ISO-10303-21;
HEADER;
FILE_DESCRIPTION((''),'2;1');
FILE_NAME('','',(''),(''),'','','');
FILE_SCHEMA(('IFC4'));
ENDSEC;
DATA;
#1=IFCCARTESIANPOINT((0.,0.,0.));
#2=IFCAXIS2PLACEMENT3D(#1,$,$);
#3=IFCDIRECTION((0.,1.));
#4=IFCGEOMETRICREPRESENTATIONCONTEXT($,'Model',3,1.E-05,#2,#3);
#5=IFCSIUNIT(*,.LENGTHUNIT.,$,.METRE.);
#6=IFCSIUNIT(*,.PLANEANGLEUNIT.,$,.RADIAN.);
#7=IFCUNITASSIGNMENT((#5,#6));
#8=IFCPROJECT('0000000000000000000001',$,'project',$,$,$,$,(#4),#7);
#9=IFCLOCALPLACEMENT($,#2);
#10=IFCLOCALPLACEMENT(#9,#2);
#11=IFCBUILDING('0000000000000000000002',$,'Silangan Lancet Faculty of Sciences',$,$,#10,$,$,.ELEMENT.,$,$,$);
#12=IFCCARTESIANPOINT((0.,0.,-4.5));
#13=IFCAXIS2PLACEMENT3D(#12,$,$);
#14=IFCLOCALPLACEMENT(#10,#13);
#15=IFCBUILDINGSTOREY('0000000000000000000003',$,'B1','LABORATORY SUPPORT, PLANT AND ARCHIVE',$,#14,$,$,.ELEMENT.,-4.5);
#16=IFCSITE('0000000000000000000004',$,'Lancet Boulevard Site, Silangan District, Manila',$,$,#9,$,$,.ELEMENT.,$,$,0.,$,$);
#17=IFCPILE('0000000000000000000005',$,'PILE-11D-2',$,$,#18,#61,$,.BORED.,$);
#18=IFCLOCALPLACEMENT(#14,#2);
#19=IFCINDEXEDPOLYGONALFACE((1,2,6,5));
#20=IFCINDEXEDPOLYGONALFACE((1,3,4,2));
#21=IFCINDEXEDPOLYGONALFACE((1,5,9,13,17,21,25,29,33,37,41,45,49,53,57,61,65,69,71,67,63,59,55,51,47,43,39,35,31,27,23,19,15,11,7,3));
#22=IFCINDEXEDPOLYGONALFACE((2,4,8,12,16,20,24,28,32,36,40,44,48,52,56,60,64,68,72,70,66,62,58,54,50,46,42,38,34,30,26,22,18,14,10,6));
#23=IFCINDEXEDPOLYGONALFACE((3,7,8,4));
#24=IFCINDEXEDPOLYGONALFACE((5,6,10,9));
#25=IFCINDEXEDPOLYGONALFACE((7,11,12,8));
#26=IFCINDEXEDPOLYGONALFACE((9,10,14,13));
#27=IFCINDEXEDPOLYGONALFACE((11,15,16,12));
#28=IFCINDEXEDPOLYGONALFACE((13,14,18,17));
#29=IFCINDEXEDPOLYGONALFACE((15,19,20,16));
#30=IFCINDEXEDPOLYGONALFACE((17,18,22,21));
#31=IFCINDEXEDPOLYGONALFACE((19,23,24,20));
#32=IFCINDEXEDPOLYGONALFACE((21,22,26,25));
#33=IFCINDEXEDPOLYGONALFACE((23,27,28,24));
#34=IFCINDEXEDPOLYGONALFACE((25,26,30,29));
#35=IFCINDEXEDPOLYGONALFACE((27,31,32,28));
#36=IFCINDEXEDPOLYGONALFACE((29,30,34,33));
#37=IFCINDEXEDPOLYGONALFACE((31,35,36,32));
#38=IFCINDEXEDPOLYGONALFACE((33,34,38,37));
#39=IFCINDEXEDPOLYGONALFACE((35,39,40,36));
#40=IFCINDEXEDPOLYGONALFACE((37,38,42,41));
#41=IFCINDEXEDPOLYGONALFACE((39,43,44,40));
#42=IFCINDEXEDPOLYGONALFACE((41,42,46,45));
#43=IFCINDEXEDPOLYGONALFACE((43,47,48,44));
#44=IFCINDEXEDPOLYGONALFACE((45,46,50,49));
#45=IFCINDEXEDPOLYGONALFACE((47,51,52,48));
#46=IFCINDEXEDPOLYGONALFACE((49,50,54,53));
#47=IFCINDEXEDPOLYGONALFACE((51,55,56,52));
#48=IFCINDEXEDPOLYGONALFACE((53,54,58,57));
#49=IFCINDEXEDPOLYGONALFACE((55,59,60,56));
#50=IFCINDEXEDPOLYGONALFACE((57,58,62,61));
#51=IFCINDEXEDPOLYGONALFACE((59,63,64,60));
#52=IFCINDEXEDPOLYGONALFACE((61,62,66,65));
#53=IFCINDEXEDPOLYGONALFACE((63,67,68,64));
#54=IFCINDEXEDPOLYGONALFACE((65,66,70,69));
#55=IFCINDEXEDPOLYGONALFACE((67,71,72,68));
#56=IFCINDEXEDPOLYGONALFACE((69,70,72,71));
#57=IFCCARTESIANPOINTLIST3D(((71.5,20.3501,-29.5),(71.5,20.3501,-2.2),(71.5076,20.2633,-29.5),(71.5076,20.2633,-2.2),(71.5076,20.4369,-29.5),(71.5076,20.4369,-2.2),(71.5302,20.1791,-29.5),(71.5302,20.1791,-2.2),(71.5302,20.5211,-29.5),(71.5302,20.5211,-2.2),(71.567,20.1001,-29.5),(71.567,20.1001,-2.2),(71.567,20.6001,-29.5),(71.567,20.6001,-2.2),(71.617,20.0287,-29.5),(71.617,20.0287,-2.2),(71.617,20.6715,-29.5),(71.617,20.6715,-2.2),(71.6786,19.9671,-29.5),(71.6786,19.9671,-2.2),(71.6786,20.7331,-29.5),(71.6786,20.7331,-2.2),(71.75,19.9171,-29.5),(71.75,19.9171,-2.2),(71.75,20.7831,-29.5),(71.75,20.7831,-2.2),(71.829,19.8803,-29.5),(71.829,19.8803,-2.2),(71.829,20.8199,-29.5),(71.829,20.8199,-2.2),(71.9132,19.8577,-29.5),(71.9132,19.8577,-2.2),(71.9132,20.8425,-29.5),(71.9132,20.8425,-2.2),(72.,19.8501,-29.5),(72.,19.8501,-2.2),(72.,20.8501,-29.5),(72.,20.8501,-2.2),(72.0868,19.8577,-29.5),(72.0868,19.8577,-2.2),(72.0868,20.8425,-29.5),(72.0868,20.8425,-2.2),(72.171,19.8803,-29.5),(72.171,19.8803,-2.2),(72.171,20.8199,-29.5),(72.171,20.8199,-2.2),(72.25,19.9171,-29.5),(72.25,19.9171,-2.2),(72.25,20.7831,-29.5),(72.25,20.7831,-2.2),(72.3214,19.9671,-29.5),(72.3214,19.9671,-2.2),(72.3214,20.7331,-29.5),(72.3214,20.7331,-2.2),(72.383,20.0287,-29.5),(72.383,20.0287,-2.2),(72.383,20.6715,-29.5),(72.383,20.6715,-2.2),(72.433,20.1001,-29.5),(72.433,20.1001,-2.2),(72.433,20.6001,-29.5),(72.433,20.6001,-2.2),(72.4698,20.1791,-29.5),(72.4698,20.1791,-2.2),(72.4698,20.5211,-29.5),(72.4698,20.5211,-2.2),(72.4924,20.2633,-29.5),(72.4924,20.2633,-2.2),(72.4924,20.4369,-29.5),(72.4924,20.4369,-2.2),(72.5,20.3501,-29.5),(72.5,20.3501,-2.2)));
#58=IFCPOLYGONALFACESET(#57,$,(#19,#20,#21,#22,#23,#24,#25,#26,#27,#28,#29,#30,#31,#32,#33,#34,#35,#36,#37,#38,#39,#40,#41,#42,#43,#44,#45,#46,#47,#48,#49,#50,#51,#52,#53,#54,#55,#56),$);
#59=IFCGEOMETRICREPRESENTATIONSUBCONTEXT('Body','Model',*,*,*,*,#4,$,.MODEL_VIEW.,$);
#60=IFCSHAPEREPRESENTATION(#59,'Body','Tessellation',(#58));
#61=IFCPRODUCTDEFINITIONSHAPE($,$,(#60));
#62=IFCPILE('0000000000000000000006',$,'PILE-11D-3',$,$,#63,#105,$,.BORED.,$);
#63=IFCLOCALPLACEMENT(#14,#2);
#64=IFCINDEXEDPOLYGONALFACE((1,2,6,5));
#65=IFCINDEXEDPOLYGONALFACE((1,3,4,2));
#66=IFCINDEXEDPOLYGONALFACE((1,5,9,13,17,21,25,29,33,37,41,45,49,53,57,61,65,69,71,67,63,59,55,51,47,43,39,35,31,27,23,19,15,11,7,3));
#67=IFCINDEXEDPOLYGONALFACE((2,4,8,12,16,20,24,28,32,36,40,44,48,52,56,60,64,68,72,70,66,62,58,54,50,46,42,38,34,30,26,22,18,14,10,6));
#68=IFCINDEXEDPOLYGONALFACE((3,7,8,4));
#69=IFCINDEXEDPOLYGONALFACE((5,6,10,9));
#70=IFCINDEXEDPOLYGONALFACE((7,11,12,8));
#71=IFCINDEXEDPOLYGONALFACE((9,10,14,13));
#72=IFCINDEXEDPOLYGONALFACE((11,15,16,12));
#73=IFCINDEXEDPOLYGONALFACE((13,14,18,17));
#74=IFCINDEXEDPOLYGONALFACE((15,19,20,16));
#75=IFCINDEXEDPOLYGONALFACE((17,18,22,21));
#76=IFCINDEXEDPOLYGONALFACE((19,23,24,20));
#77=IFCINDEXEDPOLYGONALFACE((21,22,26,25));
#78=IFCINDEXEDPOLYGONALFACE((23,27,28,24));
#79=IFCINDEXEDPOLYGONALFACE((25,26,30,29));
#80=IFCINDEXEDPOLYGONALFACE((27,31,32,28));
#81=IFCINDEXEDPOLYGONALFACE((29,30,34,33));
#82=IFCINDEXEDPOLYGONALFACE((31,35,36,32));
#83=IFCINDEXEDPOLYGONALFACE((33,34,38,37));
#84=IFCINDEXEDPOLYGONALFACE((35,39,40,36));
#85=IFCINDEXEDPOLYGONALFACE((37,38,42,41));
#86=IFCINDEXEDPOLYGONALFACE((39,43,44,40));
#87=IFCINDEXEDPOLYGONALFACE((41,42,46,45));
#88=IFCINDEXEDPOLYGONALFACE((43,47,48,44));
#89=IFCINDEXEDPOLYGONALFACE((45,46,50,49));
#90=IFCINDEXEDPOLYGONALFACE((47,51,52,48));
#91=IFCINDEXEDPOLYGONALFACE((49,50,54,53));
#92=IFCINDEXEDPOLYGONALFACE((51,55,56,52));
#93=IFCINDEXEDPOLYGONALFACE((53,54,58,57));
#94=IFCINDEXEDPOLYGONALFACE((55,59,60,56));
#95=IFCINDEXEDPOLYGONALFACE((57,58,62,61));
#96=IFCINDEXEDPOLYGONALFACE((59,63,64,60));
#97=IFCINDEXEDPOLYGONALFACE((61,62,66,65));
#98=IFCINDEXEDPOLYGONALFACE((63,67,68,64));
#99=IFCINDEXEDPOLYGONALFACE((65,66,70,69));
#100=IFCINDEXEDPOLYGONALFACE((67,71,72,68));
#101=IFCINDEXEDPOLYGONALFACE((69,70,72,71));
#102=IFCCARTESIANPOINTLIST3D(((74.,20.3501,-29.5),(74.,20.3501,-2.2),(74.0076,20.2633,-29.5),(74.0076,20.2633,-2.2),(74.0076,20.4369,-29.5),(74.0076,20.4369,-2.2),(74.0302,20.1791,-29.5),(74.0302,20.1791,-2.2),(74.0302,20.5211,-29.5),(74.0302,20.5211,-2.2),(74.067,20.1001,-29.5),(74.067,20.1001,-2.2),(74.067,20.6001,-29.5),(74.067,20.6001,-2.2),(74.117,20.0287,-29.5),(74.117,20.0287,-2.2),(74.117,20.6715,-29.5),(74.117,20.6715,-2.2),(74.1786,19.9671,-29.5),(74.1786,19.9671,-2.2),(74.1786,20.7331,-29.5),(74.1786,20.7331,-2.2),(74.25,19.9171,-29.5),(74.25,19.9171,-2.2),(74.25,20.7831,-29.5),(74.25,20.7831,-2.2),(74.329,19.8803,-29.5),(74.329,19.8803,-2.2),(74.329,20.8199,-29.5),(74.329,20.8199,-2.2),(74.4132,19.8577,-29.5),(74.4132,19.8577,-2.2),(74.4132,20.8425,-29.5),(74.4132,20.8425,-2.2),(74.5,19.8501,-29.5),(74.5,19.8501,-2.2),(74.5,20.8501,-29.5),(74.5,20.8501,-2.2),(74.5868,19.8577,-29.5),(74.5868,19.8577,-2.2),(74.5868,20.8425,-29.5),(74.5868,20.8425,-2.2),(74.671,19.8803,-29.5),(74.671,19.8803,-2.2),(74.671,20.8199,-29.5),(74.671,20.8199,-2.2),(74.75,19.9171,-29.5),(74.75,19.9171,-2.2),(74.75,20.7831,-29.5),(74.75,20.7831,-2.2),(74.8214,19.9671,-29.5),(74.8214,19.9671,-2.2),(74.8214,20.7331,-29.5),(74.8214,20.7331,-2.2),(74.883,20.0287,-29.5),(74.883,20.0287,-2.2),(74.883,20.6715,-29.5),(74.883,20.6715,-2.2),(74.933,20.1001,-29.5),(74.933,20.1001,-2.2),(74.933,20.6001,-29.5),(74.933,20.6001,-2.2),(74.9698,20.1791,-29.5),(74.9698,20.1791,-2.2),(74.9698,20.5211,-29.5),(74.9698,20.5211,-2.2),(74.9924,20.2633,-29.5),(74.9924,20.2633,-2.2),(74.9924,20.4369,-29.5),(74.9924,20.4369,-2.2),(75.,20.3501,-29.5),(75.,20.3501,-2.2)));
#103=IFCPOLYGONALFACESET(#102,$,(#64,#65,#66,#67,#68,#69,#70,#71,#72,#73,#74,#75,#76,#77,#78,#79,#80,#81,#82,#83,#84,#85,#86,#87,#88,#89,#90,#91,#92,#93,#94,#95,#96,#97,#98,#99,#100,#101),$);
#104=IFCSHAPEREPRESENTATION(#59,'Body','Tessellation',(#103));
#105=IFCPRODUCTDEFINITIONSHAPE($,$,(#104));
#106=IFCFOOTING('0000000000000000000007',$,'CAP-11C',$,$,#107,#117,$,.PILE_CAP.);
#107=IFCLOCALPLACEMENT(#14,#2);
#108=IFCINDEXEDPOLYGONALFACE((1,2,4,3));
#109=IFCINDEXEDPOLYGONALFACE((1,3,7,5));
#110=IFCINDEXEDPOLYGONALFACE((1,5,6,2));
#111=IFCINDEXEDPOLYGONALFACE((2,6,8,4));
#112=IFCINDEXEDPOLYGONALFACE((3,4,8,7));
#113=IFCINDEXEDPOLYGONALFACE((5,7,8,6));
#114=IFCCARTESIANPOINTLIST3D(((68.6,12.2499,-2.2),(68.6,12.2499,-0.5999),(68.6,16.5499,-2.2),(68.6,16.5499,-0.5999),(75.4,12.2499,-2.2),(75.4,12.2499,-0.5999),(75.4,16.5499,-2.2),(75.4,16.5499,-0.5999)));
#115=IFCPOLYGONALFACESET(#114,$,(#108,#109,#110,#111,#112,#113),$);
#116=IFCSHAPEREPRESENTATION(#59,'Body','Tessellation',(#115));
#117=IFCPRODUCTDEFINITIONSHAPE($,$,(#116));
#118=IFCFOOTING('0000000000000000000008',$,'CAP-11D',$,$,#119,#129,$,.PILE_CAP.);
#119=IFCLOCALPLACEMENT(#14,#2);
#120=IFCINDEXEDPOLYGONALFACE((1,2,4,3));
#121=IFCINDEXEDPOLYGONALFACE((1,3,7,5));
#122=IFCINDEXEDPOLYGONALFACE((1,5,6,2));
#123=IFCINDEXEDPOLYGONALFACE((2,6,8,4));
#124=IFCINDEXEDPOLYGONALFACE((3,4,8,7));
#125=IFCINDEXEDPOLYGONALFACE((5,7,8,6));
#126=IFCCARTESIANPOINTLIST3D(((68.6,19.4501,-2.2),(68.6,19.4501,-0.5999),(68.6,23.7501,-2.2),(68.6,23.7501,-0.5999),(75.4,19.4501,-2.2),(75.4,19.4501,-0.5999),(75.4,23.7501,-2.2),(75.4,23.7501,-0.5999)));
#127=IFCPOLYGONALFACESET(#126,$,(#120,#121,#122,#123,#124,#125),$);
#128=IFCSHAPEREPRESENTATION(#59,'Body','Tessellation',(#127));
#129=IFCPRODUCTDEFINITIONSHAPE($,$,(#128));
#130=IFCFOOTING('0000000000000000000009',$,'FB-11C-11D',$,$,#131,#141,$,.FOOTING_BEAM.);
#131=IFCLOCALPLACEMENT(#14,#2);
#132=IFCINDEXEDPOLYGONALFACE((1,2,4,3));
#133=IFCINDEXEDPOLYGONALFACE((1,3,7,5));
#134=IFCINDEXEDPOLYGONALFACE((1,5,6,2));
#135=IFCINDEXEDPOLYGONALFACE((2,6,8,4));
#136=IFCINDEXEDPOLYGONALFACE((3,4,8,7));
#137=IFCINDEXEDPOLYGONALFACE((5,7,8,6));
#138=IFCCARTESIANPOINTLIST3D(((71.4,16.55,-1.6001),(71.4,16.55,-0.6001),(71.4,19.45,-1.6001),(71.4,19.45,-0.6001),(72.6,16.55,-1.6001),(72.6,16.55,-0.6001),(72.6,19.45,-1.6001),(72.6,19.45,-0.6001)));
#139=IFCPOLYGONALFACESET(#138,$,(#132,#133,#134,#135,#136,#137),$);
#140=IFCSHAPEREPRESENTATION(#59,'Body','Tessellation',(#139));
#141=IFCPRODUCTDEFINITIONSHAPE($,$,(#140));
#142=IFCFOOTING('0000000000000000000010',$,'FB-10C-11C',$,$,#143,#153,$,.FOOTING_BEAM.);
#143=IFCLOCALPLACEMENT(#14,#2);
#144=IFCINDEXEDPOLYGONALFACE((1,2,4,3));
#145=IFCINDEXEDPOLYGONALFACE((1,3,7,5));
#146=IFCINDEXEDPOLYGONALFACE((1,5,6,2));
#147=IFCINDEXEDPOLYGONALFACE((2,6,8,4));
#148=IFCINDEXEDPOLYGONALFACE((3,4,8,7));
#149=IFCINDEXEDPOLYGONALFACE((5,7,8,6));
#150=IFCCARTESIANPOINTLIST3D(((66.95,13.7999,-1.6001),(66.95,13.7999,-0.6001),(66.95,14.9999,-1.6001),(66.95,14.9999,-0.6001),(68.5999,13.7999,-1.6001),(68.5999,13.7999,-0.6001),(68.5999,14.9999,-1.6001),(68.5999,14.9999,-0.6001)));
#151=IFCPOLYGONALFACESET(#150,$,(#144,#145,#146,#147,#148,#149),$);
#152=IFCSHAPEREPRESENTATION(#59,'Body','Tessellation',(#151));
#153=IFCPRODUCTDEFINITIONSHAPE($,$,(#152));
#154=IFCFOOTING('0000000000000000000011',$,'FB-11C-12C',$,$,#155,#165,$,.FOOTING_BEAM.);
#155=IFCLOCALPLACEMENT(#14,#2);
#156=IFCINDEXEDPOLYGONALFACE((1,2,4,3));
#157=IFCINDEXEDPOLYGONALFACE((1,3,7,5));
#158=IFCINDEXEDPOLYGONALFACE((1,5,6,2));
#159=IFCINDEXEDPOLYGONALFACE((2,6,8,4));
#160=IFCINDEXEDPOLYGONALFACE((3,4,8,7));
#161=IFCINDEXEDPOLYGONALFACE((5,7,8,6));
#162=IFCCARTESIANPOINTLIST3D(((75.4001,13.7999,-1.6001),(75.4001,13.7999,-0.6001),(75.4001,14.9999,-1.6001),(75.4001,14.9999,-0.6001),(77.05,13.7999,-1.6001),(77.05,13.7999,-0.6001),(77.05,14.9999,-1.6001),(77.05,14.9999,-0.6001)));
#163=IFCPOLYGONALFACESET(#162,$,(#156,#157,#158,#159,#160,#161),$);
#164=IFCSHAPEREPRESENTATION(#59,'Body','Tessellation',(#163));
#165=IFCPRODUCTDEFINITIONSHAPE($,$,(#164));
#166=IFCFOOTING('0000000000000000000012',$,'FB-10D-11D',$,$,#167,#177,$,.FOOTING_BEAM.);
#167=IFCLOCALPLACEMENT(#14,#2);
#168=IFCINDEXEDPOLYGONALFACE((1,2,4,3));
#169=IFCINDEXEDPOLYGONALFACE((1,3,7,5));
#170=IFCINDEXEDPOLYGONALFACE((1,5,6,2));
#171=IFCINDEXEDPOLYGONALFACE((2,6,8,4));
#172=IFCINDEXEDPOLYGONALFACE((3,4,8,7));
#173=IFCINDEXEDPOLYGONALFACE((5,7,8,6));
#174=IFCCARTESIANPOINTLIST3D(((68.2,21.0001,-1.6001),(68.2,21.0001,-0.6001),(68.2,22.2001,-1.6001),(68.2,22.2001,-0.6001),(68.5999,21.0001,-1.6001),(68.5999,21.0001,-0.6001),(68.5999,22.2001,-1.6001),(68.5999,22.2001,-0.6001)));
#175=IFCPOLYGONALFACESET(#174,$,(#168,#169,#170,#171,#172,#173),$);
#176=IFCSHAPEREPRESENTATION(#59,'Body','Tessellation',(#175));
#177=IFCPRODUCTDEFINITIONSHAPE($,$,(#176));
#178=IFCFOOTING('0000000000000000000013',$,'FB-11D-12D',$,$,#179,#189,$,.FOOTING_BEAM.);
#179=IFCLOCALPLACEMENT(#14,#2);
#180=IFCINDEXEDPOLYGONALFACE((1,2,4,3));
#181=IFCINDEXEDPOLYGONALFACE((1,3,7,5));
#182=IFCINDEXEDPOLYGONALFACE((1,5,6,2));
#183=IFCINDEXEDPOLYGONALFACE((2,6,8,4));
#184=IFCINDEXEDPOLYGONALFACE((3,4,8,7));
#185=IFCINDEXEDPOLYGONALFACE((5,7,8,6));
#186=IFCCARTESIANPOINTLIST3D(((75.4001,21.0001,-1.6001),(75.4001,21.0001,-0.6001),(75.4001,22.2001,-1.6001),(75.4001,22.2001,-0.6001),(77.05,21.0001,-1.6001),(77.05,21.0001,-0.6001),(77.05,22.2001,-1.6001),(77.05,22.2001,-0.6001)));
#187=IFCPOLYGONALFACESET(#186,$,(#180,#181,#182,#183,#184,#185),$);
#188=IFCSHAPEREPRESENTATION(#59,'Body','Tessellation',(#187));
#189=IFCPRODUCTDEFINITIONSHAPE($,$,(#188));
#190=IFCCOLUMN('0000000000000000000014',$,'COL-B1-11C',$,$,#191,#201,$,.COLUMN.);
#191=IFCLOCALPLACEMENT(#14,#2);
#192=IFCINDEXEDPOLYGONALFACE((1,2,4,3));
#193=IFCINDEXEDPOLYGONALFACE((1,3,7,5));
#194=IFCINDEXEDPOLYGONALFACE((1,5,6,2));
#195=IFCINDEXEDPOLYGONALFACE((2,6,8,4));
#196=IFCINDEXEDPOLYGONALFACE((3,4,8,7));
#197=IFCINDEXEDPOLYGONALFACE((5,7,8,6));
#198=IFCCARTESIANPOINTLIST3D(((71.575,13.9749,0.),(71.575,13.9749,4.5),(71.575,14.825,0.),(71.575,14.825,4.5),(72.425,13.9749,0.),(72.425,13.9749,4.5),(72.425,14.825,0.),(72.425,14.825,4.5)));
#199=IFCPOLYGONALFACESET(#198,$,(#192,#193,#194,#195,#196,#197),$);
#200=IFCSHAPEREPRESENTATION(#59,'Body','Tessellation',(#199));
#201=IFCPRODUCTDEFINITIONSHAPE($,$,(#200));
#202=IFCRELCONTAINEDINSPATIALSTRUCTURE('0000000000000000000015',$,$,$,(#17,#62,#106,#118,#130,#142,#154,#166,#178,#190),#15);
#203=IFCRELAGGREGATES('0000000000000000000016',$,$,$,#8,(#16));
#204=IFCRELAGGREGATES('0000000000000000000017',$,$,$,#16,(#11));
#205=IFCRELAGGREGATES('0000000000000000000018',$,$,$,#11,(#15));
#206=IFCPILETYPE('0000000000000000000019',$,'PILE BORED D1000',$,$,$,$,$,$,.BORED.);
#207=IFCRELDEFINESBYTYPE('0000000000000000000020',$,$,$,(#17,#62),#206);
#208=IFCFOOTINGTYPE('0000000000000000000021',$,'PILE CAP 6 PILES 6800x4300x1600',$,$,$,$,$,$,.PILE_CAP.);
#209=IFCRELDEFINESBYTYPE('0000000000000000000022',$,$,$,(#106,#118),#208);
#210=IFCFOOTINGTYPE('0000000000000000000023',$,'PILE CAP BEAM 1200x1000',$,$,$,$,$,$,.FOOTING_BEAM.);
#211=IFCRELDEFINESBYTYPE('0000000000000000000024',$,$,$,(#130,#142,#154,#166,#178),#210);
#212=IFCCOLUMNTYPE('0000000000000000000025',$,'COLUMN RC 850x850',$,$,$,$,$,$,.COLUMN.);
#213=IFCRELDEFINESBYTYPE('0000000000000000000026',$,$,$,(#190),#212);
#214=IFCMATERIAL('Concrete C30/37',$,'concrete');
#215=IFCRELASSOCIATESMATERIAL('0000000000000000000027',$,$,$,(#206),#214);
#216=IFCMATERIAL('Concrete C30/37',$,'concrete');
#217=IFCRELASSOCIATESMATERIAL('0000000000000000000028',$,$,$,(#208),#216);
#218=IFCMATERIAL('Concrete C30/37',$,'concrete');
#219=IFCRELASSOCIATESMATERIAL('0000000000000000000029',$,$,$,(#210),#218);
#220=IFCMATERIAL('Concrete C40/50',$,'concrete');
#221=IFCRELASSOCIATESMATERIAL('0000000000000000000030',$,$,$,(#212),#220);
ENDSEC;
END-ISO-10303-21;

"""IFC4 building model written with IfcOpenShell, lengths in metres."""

from ifc_helpers import new_model, si_unit, direction, frame, origin, origin_2d, place, context, subcontext, project, spatial, rectangle, circle, extrude, material, material_profile, profile_set, type_object, element, save


model = new_model("IFC4")

# Units and contexts
model_context = context("Model", 3, precision=1e-05, world=origin(), true_north=direction((0.0, 1.0)))
body_context = subcontext(model_context, "Body", "Model", "MODEL_VIEW")
ifc_project = project(units=[si_unit("LENGTHUNIT", "METRE"), si_unit("PLANEANGLEUNIT", "RADIAN")], contexts=[model_context])

# Site, building, storey
site_placement = place(None, origin())
site = spatial("IfcSite", under=ifc_project, at=site_placement, Name="Lancet Boulevard Site, Silangan District, Manila", CompositionType="ELEMENT", RefElevation=0.0)
building_placement = place(site_placement, origin())
building = spatial("IfcBuilding", under=site, at=building_placement, Name="Silangan Lancet Faculty of Sciences", CompositionType="ELEMENT")
storey_placement = place(building_placement, frame((0.0, 0.0, -4.5)))
storey = spatial("IfcBuildingStorey", under=building, at=storey_placement, Name="B1", Description="LABORATORY SUPPORT, PLANT AND ARCHIVE", CompositionType="ELEMENT", Elevation=-4.5)

# Piles
ifc_material_1 = material(Name="Concrete C30/37", Category="concrete")
ifc_material_profile_1 = material_profile(ifc_material_1, circle(Radius=0.5, at=origin_2d()), Name="BORED PILE D1000")
ifc_profile_set_1 = profile_set([ifc_material_profile_1], Name="Concrete C30/37")
pile_type = type_object("IfcPileType", Name="PILE BORED D1000", PredefinedType="BORED", material=ifc_profile_set_1)
for number, where, z_axis, x_axis, name in (
    (1, (72.0, 20.3501, -2.2), (0.0, 0.0, -1.0), (1.0, 0.0, 0.0), "PILE-11D-2"),
    (2, (74.5, 20.3501, -2.2), (0.0, 0.0, -1.0), (1.0, 0.0, 0.0), "PILE-11D-3"),
):
    element("IfcPile", number, at=place(storey_placement, frame(where, z_axis=z_axis, x_axis=x_axis)), inside=storey, type_object=pile_type, Name=name, PredefinedType="BORED", context=body_context, shape_type="SweptSolid", body=[
        extrude(circle(Radius=0.5, at=origin_2d()), origin(), (0.0, 0.0, 1.0), 27.3),
    ])

# Footings
ifc_material_2 = material(Name="Concrete C30/37", Category="concrete")
footing_type_1 = type_object("IfcFootingType", Name="PILE CAP 6 PILES 6800x4300x1600", PredefinedType="PILE_CAP", material=ifc_material_2)
for number, where, z_axis, x_axis, name in (
    (3, (72.0, 14.3999, -2.2), (0.0, 0.0, 1.0), (1.0, 0.0, 0.0), "CAP-11C"),
    (4, (72.0, 21.6001, -2.2), (0.0, 0.0, 1.0), (1.0, 0.0, 0.0), "CAP-11D"),
):
    element("IfcFooting", number, at=place(storey_placement, frame(where, z_axis=z_axis, x_axis=x_axis)), inside=storey, type_object=footing_type_1, Name=name, PredefinedType="PILE_CAP", context=body_context, shape_type="SweptSolid", body=[
        extrude(rectangle(XDim=6.8, YDim=4.3, at=origin_2d()), origin(), (0.0, 0.0, 1.0), 1.6001),
    ])
ifc_material_3 = material(Name="Concrete C30/37", Category="concrete")
footing_type_2 = type_object("IfcFootingType", Name="PILE CAP BEAM 1200x1000", PredefinedType="FOOTING_BEAM", material=ifc_material_3)
footing_1_placement = place(storey_placement, frame((72.0, 18.0, -1.6001), z_axis=(0.0, 0.0, 1.0), x_axis=(0.0, 1.0, 0.0)))
element("IfcFooting", 5, at=footing_1_placement, inside=storey, type_object=footing_type_2, Name="FB-11C-11D", PredefinedType="FOOTING_BEAM", context=body_context, shape_type="SweptSolid", body=[
    extrude(rectangle(XDim=2.8999, YDim=1.2, at=origin_2d()), origin(), (0.0, 0.0, 1.0), 1.0),
])
for number, where, z_axis, x_axis, name in (
    (6, (67.7749, 14.3999, -1.6001), (0.0, 0.0, 1.0), (1.0, 0.0, 0.0), "FB-10C-11C"),
    (7, (76.2251, 14.3999, -1.6001), (0.0, 0.0, 1.0), (1.0, 0.0, 0.0), "FB-11C-12C"),
):
    element("IfcFooting", number, at=place(storey_placement, frame(where, z_axis=z_axis, x_axis=x_axis)), inside=storey, type_object=footing_type_2, Name=name, PredefinedType="FOOTING_BEAM", context=body_context, shape_type="SweptSolid", body=[
        extrude(rectangle(XDim=1.6499, YDim=1.2, at=origin_2d()), origin(), (0.0, 0.0, 1.0), 1.0),
    ])
footing_2_placement = place(storey_placement, frame((68.3999, 21.6001, -1.6001), z_axis=(0.0, 0.0, 1.0), x_axis=(1.0, 0.0, 0.0)))
element("IfcFooting", 8, at=footing_2_placement, inside=storey, type_object=footing_type_2, Name="FB-10D-11D", PredefinedType="FOOTING_BEAM", context=body_context, shape_type="SweptSolid", body=[
    extrude(rectangle(XDim=0.3999, YDim=1.2, at=origin_2d()), origin(), (0.0, 0.0, 1.0), 1.0),
])
footing_3_placement = place(storey_placement, frame((76.2251, 21.6001, -1.6001), z_axis=(0.0, 0.0, 1.0), x_axis=(1.0, 0.0, 0.0)))
element("IfcFooting", 9, at=footing_3_placement, inside=storey, type_object=footing_type_2, Name="FB-11D-12D", PredefinedType="FOOTING_BEAM", context=body_context, shape_type="SweptSolid", body=[
    extrude(rectangle(XDim=1.6499, YDim=1.2, at=origin_2d()), origin(), (0.0, 0.0, 1.0), 1.0),
])

# Column
ifc_material_4 = material(Name="Concrete C40/50", Category="concrete")
ifc_material_profile_2 = material_profile(ifc_material_4, rectangle(XDim=0.8501, YDim=0.8501, at=origin_2d()), Name="RC 850x850")
ifc_profile_set_2 = profile_set([ifc_material_profile_2], Name="Concrete C40/50")
column_type = type_object("IfcColumnType", Name="COLUMN RC 850x850", PredefinedType="COLUMN", material=ifc_profile_set_2)
for number, where, z_axis, x_axis, name in (
    (10, (72.0, 14.3999, 0.0), (0.0, 0.0, 1.0), (1.0, 0.0, 0.0), "COL-B1-11C"),
):
    element("IfcColumn", number, at=place(storey_placement, frame(where, z_axis=z_axis, x_axis=x_axis)), inside=storey, type_object=column_type, Name=name, PredefinedType="COLUMN", context=body_context, shape_type="SweptSolid", body=[
        extrude(rectangle(XDim=0.8501, YDim=0.8501, at=origin_2d()), origin(), (0.0, 0.0, 1.0), 4.5),
    ])

save(model, "model.ifc")
